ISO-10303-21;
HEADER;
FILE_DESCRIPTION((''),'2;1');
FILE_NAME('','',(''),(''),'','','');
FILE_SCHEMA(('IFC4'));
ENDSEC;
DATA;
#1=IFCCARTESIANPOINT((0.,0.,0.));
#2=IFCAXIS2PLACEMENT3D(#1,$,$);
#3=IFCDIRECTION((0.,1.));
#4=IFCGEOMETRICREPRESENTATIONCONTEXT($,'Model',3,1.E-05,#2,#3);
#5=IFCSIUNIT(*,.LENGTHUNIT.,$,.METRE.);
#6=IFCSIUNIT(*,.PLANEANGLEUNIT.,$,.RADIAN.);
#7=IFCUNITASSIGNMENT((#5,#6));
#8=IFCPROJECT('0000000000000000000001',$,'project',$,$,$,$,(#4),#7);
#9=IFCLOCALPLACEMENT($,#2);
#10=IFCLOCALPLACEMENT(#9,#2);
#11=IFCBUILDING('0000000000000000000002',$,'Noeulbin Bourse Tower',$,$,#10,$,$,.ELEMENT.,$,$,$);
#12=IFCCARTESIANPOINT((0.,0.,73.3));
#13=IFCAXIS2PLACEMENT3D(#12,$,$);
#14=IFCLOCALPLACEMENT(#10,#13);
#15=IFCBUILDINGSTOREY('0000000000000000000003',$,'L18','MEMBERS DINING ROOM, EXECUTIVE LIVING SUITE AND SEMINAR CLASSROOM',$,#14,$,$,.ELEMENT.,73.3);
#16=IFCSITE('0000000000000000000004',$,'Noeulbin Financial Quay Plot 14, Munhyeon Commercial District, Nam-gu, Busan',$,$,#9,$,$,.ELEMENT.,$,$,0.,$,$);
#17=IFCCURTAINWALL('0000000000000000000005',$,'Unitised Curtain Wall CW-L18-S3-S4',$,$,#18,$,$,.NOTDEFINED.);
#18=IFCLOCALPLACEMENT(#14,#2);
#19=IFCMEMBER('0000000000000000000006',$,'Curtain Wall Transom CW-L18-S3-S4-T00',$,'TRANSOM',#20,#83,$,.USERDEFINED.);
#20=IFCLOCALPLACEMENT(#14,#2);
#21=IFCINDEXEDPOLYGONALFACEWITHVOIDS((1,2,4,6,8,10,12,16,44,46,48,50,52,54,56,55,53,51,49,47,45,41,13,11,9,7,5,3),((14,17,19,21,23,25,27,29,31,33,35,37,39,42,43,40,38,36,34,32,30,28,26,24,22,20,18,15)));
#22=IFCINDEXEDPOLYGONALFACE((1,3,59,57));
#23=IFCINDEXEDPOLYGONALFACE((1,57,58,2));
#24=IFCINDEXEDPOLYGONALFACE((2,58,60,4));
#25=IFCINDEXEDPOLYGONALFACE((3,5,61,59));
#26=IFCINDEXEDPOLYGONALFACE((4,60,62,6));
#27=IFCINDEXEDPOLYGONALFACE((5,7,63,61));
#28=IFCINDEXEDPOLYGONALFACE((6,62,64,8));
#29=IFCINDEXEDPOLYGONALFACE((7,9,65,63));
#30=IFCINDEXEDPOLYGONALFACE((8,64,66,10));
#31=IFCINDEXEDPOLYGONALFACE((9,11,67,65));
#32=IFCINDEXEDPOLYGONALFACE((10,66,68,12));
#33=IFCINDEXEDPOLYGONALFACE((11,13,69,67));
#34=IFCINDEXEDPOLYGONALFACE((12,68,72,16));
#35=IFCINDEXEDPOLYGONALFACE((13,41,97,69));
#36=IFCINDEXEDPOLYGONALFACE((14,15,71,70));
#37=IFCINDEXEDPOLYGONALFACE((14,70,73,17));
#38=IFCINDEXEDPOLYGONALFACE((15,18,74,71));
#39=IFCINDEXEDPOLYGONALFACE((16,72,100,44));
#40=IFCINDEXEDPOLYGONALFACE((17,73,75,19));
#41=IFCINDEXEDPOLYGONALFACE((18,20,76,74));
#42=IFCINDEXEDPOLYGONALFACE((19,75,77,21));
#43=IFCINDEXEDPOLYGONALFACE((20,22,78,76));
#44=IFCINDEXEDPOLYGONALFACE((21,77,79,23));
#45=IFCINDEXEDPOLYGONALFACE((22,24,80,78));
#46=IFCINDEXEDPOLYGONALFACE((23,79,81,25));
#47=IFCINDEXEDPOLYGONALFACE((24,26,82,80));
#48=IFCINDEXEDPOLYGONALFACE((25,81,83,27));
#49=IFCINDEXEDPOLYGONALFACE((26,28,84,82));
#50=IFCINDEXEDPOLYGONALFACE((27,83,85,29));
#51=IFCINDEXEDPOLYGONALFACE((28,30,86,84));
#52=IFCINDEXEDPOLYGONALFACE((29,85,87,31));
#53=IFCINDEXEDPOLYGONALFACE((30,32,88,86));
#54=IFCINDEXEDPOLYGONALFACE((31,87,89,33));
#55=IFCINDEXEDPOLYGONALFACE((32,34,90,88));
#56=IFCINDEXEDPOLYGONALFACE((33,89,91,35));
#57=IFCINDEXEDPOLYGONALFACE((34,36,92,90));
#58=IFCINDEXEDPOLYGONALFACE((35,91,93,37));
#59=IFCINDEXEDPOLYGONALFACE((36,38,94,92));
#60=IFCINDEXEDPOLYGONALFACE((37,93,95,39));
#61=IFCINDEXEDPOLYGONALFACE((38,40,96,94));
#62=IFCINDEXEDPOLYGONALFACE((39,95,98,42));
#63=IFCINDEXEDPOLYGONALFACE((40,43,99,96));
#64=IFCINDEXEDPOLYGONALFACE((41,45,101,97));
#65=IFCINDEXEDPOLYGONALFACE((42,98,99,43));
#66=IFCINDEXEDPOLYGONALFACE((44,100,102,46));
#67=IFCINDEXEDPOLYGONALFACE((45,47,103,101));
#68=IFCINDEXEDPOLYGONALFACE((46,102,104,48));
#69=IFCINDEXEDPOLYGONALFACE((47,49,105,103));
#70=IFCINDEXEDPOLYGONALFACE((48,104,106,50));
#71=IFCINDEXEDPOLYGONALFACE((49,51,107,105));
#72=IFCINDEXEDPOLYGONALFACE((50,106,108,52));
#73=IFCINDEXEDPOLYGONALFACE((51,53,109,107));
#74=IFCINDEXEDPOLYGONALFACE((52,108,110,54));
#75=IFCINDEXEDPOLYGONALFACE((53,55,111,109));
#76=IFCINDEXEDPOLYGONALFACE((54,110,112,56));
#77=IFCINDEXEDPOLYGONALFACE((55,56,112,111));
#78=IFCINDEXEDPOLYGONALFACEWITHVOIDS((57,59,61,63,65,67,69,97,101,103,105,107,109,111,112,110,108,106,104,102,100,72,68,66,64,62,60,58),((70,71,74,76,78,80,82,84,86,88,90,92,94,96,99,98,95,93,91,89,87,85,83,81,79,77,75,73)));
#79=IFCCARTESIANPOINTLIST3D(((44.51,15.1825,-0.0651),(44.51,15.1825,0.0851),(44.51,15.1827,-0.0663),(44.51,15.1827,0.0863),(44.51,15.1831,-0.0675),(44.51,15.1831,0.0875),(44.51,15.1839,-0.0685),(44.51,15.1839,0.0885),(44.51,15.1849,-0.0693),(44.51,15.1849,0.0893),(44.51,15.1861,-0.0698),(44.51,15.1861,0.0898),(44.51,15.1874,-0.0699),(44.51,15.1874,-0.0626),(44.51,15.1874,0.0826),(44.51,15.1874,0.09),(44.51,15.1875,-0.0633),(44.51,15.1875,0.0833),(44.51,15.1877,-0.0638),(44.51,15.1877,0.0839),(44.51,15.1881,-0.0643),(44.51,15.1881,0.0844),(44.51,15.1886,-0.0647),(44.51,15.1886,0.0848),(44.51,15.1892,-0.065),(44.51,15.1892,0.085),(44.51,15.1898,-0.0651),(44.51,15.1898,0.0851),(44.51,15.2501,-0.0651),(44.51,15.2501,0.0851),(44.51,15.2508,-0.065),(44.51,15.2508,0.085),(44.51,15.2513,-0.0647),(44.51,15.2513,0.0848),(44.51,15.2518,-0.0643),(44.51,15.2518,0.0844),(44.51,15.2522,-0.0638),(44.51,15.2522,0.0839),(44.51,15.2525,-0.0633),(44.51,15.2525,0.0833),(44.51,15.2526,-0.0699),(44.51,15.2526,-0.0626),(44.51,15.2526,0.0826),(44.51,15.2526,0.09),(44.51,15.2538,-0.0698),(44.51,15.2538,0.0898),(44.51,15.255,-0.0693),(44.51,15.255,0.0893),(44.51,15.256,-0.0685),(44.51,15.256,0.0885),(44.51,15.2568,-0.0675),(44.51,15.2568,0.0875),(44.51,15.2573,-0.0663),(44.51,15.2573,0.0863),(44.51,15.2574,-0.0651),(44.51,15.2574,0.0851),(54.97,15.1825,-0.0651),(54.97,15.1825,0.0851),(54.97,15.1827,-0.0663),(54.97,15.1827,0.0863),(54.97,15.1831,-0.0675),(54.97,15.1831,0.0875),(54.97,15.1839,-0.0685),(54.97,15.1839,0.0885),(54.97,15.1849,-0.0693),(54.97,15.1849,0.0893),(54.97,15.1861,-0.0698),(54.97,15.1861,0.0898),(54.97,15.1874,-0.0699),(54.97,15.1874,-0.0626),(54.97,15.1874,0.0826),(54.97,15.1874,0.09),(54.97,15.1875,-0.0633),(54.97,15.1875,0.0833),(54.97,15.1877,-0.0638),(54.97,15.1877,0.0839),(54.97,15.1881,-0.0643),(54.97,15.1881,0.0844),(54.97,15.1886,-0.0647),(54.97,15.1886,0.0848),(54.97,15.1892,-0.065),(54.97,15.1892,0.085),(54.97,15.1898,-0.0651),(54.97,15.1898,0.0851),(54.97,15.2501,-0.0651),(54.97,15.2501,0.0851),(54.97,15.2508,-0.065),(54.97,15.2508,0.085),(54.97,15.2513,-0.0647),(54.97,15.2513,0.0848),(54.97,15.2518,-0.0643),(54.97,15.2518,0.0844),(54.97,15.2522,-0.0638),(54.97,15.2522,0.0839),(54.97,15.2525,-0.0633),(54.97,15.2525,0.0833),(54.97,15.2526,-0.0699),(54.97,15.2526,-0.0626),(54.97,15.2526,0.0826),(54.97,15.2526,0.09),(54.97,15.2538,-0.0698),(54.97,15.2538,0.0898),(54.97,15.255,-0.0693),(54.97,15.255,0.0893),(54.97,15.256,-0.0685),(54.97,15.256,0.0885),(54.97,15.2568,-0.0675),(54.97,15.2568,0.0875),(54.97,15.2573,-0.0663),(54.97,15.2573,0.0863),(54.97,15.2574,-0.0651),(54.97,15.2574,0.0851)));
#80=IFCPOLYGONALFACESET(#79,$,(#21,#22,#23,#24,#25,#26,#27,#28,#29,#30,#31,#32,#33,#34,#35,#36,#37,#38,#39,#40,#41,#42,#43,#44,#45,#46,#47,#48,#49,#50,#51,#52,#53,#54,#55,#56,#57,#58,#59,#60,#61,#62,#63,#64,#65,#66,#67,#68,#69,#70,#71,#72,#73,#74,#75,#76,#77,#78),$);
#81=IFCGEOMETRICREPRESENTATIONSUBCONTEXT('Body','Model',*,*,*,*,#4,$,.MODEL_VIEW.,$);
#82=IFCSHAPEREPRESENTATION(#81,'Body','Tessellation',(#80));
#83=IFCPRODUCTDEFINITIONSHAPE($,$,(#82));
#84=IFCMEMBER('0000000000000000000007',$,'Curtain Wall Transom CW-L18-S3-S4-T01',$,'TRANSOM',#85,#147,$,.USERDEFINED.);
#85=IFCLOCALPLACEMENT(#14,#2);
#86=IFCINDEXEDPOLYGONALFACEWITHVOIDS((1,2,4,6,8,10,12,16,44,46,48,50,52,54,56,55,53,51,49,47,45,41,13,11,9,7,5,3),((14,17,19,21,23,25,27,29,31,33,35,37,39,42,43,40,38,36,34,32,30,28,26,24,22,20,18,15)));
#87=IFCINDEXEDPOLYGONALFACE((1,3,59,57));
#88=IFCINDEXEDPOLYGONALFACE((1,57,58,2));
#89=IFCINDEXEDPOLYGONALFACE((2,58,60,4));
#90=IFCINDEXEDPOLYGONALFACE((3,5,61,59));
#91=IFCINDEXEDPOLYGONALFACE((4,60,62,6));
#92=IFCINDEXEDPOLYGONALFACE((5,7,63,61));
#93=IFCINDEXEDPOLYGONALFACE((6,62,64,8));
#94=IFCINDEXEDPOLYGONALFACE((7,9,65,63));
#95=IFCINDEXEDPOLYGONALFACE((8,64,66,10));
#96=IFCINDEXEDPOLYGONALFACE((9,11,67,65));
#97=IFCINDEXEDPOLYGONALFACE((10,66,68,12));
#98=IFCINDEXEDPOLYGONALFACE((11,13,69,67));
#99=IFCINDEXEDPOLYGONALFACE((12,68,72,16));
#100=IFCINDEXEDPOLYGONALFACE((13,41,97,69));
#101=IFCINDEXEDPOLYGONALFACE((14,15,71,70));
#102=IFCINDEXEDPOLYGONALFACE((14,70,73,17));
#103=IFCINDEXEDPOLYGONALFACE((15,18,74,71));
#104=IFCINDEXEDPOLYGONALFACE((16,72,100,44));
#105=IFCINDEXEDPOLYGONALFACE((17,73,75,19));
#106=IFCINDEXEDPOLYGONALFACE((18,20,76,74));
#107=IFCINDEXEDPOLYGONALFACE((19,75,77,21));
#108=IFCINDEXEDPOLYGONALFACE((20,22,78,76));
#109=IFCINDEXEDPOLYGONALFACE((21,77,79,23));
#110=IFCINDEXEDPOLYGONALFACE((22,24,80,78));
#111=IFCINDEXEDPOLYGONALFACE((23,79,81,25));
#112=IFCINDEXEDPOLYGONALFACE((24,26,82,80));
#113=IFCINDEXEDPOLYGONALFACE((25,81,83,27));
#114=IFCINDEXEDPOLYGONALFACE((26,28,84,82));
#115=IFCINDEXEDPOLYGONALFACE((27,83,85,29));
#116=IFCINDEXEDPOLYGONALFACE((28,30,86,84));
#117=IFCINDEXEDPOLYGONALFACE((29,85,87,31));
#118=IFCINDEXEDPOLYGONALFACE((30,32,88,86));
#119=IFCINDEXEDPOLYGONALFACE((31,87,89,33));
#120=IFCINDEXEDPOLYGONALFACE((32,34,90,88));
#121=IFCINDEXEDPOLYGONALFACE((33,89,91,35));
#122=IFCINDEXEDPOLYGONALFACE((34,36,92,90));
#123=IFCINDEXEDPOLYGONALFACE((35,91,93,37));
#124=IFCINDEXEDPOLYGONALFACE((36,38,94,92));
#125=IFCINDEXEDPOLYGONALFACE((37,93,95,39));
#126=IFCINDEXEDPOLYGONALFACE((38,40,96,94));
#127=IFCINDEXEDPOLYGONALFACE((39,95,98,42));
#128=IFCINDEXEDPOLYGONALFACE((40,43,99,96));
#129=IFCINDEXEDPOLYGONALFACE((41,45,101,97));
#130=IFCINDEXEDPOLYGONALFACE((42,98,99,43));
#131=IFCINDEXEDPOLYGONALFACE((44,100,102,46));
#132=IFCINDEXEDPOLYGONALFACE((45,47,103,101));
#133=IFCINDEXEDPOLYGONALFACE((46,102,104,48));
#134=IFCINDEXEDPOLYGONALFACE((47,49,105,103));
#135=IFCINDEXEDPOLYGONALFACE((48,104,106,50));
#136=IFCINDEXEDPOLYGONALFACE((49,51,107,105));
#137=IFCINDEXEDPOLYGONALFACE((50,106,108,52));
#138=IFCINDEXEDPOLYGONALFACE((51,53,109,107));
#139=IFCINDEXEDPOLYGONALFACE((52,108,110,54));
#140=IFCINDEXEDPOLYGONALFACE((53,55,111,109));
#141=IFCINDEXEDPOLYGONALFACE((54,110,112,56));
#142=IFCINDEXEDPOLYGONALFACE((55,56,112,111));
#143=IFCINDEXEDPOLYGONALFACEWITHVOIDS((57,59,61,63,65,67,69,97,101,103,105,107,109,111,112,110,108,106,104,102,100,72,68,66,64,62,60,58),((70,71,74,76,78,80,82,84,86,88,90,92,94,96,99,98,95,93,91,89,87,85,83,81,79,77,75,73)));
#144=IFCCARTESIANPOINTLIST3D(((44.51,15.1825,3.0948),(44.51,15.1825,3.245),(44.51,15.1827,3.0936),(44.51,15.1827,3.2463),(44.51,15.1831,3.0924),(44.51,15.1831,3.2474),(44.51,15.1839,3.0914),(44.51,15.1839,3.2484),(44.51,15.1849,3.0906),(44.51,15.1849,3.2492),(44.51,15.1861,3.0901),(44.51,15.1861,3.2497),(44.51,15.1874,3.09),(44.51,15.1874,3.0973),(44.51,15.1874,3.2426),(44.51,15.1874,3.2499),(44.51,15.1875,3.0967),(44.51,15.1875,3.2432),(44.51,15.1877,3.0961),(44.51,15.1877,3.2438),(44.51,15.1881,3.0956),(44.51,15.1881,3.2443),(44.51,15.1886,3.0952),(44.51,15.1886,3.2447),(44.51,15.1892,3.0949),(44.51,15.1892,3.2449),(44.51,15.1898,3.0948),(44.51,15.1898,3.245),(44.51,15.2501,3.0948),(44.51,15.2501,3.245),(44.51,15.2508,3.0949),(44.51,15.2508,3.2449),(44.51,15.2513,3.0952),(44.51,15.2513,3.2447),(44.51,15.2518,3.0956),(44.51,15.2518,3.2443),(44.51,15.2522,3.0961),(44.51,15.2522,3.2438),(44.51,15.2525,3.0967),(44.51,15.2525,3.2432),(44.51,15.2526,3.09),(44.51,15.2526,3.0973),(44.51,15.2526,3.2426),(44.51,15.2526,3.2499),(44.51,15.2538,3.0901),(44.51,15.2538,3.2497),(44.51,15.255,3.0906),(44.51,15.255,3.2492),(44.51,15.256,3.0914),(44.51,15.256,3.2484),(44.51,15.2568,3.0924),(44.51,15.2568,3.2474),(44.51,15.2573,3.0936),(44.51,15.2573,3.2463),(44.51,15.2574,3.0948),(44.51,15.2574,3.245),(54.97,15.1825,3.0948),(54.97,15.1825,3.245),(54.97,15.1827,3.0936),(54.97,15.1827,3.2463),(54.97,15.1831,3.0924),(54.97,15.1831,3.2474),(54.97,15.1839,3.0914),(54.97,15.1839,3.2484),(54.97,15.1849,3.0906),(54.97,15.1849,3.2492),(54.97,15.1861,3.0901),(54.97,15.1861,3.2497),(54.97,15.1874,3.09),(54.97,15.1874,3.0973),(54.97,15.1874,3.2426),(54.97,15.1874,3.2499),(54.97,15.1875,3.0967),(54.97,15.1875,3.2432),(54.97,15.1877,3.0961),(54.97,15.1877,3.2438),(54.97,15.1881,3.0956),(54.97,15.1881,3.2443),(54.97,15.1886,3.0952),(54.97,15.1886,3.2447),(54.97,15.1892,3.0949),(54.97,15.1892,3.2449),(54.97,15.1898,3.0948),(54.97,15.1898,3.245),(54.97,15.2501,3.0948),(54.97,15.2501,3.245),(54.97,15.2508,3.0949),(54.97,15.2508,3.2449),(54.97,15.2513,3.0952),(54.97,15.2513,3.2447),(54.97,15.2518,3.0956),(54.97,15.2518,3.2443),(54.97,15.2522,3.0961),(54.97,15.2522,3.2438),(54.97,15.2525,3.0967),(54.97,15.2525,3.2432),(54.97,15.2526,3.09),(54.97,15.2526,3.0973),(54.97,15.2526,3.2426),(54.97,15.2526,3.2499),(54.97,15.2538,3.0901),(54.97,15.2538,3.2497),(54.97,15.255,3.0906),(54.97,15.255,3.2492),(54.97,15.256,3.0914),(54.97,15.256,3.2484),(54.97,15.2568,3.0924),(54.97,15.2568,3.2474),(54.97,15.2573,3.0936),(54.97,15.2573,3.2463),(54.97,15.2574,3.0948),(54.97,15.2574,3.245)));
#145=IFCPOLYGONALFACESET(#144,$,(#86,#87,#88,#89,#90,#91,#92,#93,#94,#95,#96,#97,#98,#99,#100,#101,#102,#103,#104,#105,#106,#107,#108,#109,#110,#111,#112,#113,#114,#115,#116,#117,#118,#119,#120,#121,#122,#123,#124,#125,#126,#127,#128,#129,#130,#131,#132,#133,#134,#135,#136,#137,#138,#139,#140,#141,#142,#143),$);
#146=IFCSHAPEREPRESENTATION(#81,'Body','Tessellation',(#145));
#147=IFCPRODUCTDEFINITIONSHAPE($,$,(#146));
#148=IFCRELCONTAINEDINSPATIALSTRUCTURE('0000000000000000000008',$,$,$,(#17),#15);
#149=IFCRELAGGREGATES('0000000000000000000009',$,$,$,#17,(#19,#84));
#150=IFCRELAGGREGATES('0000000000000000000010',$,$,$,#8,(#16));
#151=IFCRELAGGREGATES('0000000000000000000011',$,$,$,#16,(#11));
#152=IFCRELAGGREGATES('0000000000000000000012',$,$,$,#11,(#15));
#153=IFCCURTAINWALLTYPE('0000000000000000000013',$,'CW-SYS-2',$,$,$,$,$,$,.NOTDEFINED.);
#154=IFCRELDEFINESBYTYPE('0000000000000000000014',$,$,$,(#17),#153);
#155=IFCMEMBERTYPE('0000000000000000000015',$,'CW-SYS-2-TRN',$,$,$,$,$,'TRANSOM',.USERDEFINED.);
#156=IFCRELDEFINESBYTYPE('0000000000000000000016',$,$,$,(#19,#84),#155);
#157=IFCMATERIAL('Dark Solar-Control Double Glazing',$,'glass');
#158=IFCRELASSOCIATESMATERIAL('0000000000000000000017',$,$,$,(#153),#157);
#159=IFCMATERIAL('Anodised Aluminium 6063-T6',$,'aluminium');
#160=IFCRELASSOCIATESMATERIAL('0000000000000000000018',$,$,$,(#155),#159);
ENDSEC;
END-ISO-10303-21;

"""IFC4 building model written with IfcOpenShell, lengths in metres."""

from ifc_helpers import new_model, si_unit, direction, frame, origin, origin_2d, place, context, subcontext, project, spatial, hollow_rectangle, extrude, material, material_profile, profile_set, type_object, element, aggregate, save


model = new_model("IFC4")

# Units and contexts
model_context = context("Model", 3, precision=1e-05, world=origin(), true_north=direction((0.0, 1.0)))
body_context = subcontext(model_context, "Body", "Model", "MODEL_VIEW")
ifc_project = project(units=[si_unit("LENGTHUNIT", "METRE"), si_unit("PLANEANGLEUNIT", "RADIAN")], contexts=[model_context])

# Site, building, storey
site_placement = place(None, origin())
site = spatial("IfcSite", under=ifc_project, at=site_placement, Name="Noeulbin Financial Quay Plot 14, Munhyeon Commercial District, Nam-gu, Busan", CompositionType="ELEMENT", RefElevation=0.0)
building_placement = place(site_placement, origin())
building = spatial("IfcBuilding", under=site, at=building_placement, Name="Noeulbin Bourse Tower", CompositionType="ELEMENT")
storey_placement = place(building_placement, frame((0.0, 0.0, 73.3)))
storey = spatial("IfcBuildingStorey", under=building, at=storey_placement, Name="L18", Description="MEMBERS DINING ROOM, EXECUTIVE LIVING SUITE AND SEMINAR CLASSROOM", CompositionType="ELEMENT", Elevation=73.3)

# Curtain wall
ifc_material_1 = material(Name="Dark Solar-Control Double Glazing", Category="glass")
curtain_wall_type = type_object("IfcCurtainWallType", Name="CW-SYS-2", PredefinedType="NOTDEFINED", material=ifc_material_1)
curtain_wall_1_placement = place(storey_placement, origin())
curtain_wall_1 = element("IfcCurtainWall", 1, at=curtain_wall_1_placement, inside=storey, type_object=curtain_wall_type, Name="Unitised Curtain Wall CW-L18-S3-S4", PredefinedType="NOTDEFINED")
ifc_material_2 = material(Name="Anodised Aluminium 6063-T6", Category="aluminium")

# Members
ifc_material_profile_1 = material_profile(ifc_material_2, hollow_rectangle(XDim=0.075, YDim=0.1599, WallThickness=0.0049, InnerFilletRadius=0.0024, OuterFilletRadius=0.0049, at=origin_2d()), Name="ALU-TRAN-75x160x5", Category="LoadBearing")
ifc_profile_set_1 = profile_set([ifc_material_profile_1], Name="Anodised Aluminium 6063-T6")
member_type_1 = type_object("IfcMemberType", Name="CW-SYS-2-TRN", ElementType="TRANSOM", PredefinedType="USERDEFINED", material=ifc_profile_set_1)
member_1_placement = place(storey_placement, frame((44.51, 15.22, 0.01), z_axis=(1.0, 0.0, 0.0), x_axis=(0.0, 1.0, 0.0)))
member_1 = element("IfcMember", 2, at=member_1_placement, type_object=member_type_1, Name="Curtain Wall Transom CW-L18-S3-S4-T00", ObjectType="TRANSOM", PredefinedType="USERDEFINED", context=body_context, shape_type="SweptSolid", body=[
    extrude(hollow_rectangle(XDim=0.075, YDim=0.1599, WallThickness=0.0049, InnerFilletRadius=0.0024, OuterFilletRadius=0.0049, at=origin_2d()), origin(), (0.0, 0.0, 1.0), 10.46),
])
member_2_placement = place(storey_placement, frame((44.51, 15.22, 3.1699), z_axis=(1.0, 0.0, 0.0), x_axis=(0.0, 1.0, 0.0)))
member_2 = element("IfcMember", 3, at=member_2_placement, type_object=member_type_1, Name="Curtain Wall Transom CW-L18-S3-S4-T01", ObjectType="TRANSOM", PredefinedType="USERDEFINED", context=body_context, shape_type="SweptSolid", body=[
    extrude(hollow_rectangle(XDim=0.075, YDim=0.1599, WallThickness=0.0049, InnerFilletRadius=0.0024, OuterFilletRadius=0.0049, at=origin_2d()), origin(), (0.0, 0.0, 1.0), 10.46),
])

aggregate(curtain_wall_1, [member_1, member_2])

save(model, "model.ifc")
